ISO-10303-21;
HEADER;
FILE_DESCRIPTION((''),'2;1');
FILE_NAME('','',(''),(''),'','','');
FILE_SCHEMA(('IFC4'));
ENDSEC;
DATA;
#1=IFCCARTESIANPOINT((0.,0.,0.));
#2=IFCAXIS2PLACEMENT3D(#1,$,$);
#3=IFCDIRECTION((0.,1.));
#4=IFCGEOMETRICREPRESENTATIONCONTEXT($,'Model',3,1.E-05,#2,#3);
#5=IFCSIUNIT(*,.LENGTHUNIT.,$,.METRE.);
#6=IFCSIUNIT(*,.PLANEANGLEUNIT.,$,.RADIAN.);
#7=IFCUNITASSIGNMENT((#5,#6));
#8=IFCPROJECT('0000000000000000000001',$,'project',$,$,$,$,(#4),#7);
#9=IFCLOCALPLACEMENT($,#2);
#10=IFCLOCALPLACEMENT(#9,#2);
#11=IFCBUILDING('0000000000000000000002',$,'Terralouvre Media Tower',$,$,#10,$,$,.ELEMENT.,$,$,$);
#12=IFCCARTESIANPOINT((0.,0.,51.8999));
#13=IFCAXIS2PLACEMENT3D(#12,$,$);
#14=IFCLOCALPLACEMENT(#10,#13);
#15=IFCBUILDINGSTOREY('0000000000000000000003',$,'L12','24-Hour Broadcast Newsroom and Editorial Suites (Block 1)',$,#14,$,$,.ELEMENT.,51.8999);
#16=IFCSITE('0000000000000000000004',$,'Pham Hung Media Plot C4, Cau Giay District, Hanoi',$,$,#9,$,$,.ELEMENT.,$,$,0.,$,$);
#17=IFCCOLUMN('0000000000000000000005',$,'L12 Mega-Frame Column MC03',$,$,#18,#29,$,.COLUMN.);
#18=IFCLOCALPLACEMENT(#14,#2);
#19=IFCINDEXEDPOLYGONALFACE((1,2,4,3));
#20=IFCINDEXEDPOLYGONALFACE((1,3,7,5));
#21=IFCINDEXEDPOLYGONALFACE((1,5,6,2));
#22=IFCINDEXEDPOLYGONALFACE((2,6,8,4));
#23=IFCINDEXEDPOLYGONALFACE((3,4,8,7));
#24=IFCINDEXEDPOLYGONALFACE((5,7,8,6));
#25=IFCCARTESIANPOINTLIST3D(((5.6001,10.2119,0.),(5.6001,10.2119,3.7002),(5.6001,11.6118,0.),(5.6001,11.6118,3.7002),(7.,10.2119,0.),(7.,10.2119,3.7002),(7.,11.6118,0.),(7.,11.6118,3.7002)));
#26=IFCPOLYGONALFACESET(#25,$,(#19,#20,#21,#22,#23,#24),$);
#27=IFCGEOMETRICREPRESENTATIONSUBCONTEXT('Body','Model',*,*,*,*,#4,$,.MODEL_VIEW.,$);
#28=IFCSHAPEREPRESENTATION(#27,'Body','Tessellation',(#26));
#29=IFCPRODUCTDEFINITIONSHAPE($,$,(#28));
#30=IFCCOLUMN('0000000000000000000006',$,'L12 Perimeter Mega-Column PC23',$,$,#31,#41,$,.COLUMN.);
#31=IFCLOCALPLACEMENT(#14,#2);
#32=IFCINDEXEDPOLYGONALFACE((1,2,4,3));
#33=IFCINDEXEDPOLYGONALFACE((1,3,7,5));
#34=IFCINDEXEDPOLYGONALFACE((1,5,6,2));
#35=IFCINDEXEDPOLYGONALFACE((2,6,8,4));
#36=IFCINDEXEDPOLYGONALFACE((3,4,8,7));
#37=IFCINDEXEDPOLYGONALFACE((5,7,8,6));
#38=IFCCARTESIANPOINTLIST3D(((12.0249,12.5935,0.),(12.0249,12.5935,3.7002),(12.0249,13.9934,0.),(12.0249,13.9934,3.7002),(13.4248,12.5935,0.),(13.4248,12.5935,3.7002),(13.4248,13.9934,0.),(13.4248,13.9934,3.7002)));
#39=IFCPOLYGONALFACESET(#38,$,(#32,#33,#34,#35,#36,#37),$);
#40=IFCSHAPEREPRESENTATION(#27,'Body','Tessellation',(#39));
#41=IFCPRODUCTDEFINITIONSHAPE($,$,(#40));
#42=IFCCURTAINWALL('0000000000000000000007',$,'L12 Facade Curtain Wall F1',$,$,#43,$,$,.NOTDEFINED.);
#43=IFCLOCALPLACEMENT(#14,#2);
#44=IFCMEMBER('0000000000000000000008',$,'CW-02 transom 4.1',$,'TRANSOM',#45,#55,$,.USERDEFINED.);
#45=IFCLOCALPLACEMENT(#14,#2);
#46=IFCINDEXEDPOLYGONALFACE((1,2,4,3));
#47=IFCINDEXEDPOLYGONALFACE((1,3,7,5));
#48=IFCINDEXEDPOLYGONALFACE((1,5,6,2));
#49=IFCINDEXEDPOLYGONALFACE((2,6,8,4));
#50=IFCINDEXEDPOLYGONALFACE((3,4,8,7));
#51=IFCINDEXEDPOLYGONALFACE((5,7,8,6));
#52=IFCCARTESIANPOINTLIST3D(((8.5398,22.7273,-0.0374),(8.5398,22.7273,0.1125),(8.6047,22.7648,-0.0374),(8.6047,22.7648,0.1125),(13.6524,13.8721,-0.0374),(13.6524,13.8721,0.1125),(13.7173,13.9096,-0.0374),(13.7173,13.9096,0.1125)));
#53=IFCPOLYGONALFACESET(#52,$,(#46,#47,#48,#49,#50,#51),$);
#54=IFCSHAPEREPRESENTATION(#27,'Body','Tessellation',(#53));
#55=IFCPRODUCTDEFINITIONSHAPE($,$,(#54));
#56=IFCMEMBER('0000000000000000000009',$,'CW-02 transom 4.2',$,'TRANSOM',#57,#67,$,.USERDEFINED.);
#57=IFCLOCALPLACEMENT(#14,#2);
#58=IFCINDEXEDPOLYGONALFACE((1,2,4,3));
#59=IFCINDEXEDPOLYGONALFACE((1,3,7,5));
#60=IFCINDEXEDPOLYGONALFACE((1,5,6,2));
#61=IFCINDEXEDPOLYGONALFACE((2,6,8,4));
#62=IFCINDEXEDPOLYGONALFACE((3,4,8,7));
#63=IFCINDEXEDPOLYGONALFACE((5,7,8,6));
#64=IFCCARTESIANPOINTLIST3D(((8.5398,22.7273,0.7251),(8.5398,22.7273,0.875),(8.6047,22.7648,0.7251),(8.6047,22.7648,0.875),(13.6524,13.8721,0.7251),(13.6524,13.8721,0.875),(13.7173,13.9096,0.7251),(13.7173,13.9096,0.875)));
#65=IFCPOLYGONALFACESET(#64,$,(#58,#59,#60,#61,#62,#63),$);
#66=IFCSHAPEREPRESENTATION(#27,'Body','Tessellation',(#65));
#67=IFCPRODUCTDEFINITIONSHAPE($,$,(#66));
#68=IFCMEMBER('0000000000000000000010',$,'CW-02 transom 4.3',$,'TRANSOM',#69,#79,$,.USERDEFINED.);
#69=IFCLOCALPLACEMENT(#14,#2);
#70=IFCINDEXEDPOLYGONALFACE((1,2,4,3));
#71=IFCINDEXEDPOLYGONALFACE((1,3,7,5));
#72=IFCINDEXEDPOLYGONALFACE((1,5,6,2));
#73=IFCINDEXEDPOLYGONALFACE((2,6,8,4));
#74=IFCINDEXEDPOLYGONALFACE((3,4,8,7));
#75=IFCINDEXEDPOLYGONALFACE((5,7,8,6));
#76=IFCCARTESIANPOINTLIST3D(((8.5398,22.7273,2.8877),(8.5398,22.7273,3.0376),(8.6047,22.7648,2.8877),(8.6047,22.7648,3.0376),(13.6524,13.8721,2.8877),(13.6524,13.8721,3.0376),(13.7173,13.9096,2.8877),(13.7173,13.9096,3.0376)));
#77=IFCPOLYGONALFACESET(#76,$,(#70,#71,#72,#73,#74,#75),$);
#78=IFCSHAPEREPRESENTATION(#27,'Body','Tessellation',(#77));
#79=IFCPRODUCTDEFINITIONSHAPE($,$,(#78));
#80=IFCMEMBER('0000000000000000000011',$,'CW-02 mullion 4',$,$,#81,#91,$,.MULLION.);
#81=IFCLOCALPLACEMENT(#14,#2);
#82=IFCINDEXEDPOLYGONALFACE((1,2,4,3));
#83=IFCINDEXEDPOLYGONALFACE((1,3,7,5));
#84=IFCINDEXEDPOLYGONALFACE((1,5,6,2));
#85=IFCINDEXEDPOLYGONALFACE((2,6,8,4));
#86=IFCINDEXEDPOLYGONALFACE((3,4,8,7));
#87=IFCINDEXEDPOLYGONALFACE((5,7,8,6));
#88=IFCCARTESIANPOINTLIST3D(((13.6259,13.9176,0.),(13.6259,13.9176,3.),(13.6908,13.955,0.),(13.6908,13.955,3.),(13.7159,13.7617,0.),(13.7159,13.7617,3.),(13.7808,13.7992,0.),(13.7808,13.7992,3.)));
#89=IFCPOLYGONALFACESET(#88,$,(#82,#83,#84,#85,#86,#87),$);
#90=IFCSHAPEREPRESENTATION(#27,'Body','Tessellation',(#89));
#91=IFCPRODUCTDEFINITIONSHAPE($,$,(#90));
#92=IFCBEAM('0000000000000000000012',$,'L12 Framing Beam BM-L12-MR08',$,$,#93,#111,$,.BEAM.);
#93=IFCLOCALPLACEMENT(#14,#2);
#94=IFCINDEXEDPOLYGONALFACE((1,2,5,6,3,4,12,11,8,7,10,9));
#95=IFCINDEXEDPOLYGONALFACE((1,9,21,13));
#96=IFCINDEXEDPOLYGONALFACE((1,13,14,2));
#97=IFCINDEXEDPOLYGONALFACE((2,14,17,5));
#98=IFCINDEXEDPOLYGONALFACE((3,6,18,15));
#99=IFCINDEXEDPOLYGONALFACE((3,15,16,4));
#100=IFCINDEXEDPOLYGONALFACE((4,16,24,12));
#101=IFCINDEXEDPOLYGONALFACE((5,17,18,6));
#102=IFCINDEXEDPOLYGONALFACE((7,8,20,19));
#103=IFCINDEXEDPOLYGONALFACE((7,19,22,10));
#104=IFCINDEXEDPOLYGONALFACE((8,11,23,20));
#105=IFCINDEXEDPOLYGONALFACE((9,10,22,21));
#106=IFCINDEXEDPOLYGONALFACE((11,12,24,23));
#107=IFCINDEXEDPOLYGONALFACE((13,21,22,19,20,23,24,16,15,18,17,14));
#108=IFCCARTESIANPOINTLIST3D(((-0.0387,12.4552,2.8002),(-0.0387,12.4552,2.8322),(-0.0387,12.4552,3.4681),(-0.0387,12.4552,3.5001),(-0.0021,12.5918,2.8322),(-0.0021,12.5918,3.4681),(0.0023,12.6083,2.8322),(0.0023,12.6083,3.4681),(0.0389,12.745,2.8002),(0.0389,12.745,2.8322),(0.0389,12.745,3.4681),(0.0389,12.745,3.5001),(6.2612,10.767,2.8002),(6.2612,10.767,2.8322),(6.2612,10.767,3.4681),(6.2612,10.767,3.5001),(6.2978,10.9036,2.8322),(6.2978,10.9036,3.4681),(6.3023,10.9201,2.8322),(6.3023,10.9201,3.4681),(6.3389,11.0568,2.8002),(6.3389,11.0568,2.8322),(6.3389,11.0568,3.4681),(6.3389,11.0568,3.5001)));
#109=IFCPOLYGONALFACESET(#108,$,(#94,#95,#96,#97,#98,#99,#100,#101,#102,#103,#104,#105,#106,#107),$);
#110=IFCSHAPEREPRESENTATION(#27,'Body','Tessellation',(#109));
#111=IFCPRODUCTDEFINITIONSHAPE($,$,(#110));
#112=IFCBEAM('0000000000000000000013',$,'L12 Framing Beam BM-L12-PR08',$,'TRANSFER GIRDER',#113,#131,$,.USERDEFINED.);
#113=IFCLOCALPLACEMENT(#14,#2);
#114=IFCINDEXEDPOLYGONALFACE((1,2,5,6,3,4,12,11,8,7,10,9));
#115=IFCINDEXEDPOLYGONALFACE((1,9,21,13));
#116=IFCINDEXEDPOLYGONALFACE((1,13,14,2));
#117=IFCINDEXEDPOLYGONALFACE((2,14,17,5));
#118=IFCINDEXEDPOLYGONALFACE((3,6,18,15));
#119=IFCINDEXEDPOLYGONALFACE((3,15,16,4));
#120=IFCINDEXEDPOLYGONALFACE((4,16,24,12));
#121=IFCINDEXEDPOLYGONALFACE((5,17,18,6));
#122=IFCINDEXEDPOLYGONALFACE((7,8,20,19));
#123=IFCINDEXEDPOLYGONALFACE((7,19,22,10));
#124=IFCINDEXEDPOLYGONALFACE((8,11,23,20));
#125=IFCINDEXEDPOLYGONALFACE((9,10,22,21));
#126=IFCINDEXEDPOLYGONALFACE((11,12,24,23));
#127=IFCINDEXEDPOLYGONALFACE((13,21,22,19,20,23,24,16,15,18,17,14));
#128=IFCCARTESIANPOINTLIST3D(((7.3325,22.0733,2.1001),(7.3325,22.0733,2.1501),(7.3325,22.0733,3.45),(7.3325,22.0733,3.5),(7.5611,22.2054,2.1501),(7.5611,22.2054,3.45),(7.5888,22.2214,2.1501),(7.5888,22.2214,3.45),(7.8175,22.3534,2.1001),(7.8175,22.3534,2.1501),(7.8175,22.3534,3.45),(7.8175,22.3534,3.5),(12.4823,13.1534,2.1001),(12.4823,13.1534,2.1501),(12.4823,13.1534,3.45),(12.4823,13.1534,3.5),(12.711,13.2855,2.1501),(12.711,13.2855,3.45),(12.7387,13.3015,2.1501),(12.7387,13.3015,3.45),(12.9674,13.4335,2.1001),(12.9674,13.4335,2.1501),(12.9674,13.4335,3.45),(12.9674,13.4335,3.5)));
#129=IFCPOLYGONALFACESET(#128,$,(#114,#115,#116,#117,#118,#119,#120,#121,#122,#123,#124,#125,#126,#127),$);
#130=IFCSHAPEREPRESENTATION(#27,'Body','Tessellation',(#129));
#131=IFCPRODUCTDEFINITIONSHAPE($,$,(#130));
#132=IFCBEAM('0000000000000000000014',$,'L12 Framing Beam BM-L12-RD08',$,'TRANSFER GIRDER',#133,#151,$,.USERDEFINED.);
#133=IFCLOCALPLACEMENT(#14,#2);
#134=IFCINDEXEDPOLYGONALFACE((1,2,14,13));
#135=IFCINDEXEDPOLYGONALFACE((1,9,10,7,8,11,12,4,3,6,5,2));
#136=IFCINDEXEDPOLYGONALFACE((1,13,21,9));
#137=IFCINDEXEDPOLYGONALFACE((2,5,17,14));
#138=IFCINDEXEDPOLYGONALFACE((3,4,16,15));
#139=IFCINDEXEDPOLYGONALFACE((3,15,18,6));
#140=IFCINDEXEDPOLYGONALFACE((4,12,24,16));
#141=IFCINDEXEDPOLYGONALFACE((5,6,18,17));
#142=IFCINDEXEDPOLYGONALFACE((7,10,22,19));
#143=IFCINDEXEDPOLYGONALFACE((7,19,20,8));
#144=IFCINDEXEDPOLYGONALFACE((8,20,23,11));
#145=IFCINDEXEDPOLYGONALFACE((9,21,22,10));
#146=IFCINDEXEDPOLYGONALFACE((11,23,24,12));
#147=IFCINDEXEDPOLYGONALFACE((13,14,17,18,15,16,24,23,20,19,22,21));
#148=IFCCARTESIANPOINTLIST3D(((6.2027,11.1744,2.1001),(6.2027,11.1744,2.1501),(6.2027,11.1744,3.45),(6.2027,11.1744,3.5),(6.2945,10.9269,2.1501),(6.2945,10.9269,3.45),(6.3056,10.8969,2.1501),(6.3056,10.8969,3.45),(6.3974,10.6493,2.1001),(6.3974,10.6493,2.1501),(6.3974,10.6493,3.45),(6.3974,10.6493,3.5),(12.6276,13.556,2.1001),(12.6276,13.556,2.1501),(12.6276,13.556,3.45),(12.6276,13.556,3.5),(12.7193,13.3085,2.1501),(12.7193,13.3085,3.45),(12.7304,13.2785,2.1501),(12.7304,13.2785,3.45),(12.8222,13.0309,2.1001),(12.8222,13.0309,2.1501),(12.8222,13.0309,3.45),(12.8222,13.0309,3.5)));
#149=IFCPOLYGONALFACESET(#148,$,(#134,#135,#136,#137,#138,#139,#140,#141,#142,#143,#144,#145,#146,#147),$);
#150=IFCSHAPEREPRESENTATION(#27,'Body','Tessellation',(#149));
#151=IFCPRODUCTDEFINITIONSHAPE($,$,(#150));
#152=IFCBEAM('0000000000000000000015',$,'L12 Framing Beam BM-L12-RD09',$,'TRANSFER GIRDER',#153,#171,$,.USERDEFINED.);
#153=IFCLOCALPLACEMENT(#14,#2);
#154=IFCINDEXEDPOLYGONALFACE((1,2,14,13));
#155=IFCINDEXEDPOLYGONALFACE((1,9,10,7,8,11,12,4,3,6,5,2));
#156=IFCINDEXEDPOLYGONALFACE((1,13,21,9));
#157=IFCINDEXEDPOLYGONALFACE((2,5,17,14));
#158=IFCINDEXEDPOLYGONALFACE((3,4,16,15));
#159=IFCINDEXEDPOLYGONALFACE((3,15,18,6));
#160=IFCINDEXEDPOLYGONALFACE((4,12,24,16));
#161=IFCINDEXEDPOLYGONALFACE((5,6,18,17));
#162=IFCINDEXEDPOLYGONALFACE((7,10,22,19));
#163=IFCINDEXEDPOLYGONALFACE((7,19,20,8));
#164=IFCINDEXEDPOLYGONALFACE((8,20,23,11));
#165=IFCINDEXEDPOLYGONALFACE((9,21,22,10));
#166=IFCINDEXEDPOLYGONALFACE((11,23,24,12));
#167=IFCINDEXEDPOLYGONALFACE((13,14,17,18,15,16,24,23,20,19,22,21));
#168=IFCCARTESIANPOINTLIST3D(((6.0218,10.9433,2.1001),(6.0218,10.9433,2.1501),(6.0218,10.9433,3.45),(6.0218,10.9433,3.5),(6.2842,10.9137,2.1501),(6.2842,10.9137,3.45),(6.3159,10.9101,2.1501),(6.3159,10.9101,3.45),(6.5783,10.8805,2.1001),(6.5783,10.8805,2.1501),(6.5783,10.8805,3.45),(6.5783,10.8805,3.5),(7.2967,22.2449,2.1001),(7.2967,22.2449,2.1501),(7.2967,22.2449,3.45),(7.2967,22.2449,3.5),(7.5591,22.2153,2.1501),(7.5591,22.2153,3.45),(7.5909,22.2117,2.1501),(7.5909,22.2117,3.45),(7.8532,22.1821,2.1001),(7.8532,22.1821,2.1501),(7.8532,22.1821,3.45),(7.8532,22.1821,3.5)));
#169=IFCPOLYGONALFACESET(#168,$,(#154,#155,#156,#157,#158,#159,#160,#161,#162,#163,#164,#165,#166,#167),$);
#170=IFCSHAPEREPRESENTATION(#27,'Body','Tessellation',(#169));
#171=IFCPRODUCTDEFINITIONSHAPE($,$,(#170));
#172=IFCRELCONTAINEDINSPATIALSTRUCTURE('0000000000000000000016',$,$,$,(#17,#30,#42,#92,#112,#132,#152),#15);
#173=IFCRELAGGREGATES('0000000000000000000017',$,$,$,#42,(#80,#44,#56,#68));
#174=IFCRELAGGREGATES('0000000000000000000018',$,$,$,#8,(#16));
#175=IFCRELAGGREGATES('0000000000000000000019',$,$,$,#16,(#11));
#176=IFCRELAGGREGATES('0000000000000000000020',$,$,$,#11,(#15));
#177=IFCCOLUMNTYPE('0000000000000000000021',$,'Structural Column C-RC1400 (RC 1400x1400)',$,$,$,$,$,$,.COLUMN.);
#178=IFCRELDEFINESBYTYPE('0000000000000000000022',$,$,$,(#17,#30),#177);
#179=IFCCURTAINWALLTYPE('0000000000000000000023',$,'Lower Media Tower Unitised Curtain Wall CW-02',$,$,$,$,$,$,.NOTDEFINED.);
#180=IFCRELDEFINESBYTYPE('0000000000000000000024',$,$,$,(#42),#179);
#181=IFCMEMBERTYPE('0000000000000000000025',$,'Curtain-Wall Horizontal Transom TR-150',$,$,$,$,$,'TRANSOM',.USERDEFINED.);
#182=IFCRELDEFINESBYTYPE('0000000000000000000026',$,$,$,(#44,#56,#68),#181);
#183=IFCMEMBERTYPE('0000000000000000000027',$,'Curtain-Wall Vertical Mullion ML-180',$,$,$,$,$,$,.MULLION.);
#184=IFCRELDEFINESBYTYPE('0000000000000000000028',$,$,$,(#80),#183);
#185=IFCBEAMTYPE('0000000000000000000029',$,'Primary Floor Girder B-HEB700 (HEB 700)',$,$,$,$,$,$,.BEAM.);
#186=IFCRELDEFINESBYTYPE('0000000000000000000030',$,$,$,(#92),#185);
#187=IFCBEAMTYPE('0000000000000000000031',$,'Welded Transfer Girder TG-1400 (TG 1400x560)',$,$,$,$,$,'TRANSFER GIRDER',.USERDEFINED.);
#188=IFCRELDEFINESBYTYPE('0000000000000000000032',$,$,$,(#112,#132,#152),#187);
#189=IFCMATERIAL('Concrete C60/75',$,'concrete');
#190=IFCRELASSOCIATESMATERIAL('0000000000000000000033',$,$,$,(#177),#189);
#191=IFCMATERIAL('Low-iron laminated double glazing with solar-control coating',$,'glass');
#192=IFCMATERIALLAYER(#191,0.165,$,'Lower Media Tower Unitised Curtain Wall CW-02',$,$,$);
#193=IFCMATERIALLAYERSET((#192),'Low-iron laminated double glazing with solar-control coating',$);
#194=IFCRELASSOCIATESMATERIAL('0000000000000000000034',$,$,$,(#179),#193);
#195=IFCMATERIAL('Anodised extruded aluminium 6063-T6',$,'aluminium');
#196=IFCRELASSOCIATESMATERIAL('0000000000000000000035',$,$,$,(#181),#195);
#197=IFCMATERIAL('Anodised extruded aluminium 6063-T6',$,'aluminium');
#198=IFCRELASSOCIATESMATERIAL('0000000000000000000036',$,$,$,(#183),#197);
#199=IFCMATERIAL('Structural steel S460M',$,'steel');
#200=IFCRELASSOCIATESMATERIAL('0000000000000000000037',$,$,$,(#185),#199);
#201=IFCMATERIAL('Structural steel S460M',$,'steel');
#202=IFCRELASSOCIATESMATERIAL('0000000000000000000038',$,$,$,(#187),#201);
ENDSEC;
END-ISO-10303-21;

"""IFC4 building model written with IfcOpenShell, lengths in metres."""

from ifc_helpers import new_model, si_unit, direction, frame, origin, origin_2d, place, context, subcontext, project, spatial, rectangle, i_section, extrude, material, layer, layer_set, material_profile, profile_set, type_object, element, aggregate, save


model = new_model("IFC4")

# Units and contexts
model_context = context("Model", 3, precision=1e-05, world=origin(), true_north=direction((0.0, 1.0)))
body_context = subcontext(model_context, "Body", "Model", "MODEL_VIEW")
ifc_project = project(units=[si_unit("LENGTHUNIT", "METRE"), si_unit("PLANEANGLEUNIT", "RADIAN")], contexts=[model_context])

# Site, building, storey
site_placement = place(None, origin())
site = spatial("IfcSite", under=ifc_project, at=site_placement, Name="Pham Hung Media Plot C4, Cau Giay District, Hanoi", CompositionType="ELEMENT", RefElevation=0.0)
building_placement = place(site_placement, origin())
building = spatial("IfcBuilding", under=site, at=building_placement, Name="Terralouvre Media Tower", CompositionType="ELEMENT")
storey_placement = place(building_placement, frame((0.0, 0.0, 51.8999)))
storey = spatial("IfcBuildingStorey", under=building, at=storey_placement, Name="L12", Description="24-Hour Broadcast Newsroom and Editorial Suites (Block 1)", CompositionType="ELEMENT", Elevation=51.8999)

# Columns
ifc_material_1 = material(Name="Concrete C60/75", Category="concrete")
ifc_material_profile_1 = material_profile(ifc_material_1, rectangle(XDim=1.3999, YDim=1.3999, at=origin_2d()), Name="RC 1400x1400")
ifc_profile_set_1 = profile_set([ifc_material_profile_1], Name="Concrete C60/75")
column_type = type_object("IfcColumnType", Name="Structural Column C-RC1400 (RC 1400x1400)", PredefinedType="COLUMN", material=ifc_profile_set_1)
for number, where, z_axis, x_axis, name in (
    (1, (6.3, 10.9119, 0.0), (0.0, 0.0, 1.0), (1.0, 0.0, 0.0), "L12 Mega-Frame Column MC03"),
    (2, (12.7249, 13.2935, 0.0), (0.0, 0.0, 1.0), (1.0, 0.0, 0.0), "L12 Perimeter Mega-Column PC23"),
):
    element("IfcColumn", number, at=place(storey_placement, frame(where, z_axis=z_axis, x_axis=x_axis)), inside=storey, type_object=column_type, Name=name, PredefinedType="COLUMN", context=body_context, shape_type="SweptSolid", body=[
        extrude(rectangle(XDim=1.3999, YDim=1.3999, at=origin_2d()), origin(), (0.0, 0.0, 1.0), 3.7002),
    ])

# Curtain wall, members
ifc_material_2 = material(Name="Low-iron laminated double glazing with solar-control coating", Category="glass")
ifc_layer_1 = layer(ifc_material_2, 0.165, Name="Lower Media Tower Unitised Curtain Wall CW-02")
ifc_layer_set_1 = layer_set([ifc_layer_1], Name="Low-iron laminated double glazing with solar-control coating")
curtain_wall_type = type_object("IfcCurtainWallType", Name="Lower Media Tower Unitised Curtain Wall CW-02", PredefinedType="NOTDEFINED", material=ifc_layer_set_1)
curtain_wall_placement = place(storey_placement, origin())
curtain_wall = element("IfcCurtainWall", 3, at=curtain_wall_placement, inside=storey, type_object=curtain_wall_type, Name="L12 Facade Curtain Wall F1", PredefinedType="NOTDEFINED")
ifc_material_3 = material(Name="Anodised extruded aluminium 6063-T6", Category="aluminium")
ifc_material_profile_2 = material_profile(ifc_material_3, rectangle(XDim=0.075, YDim=0.1499, at=origin_2d()), Name="ALU 75x150")
ifc_profile_set_2 = profile_set([ifc_material_profile_2], Name="Anodised extruded aluminium 6063-T6")
member_type_1 = type_object("IfcMemberType", Name="Curtain-Wall Horizontal Transom TR-150", ElementType="TRANSOM", PredefinedType="USERDEFINED", material=ifc_profile_set_2)
member_1_placement = place(storey_placement, frame((13.6848, 13.8909, 0.0376), z_axis=(-0.499999, 0.866026, 0.0), x_axis=(-0.866026, -0.499999, 0.0)))
member_1 = element("IfcMember", 4, at=member_1_placement, type_object=member_type_1, Name="CW-02 transom 4.1", ObjectType="TRANSOM", PredefinedType="USERDEFINED", context=body_context, shape_type="SweptSolid", body=[
    extrude(rectangle(XDim=0.075, YDim=0.1499, at=origin_2d()), origin(), (0.0, 0.0, 1.0), 10.2251),
])
member_2_placement = place(storey_placement, frame((13.6848, 13.8909, 0.8), z_axis=(-0.499999, 0.866026, 0.0), x_axis=(-0.866026, -0.499999, 0.0)))
member_2 = element("IfcMember", 5, at=member_2_placement, type_object=member_type_1, Name="CW-02 transom 4.2", ObjectType="TRANSOM", PredefinedType="USERDEFINED", context=body_context, shape_type="SweptSolid", body=[
    extrude(rectangle(XDim=0.075, YDim=0.1499, at=origin_2d()), origin(), (0.0, 0.0, 1.0), 10.2251),
])
member_3_placement = place(storey_placement, frame((13.6848, 13.8909, 2.9626), z_axis=(-0.499999, 0.866026, 0.0), x_axis=(-0.866026, -0.499999, 0.0)))
member_3 = element("IfcMember", 6, at=member_3_placement, type_object=member_type_1, Name="CW-02 transom 4.3", ObjectType="TRANSOM", PredefinedType="USERDEFINED", context=body_context, shape_type="SweptSolid", body=[
    extrude(rectangle(XDim=0.075, YDim=0.1499, at=origin_2d()), origin(), (0.0, 0.0, 1.0), 10.2251),
])
ifc_material_4 = material(Name="Anodised extruded aluminium 6063-T6", Category="aluminium")
ifc_material_profile_3 = material_profile(ifc_material_4, rectangle(XDim=0.075, YDim=0.1799, at=origin_2d()), Name="ALU 75x180")
ifc_profile_set_3 = profile_set([ifc_material_profile_3], Name="Anodised extruded aluminium 6063-T6")
member_type_2 = type_object("IfcMemberType", Name="Curtain-Wall Vertical Mullion ML-180", PredefinedType="MULLION", material=ifc_profile_set_3)
member_4_placement = place(storey_placement, frame((13.7034, 13.8584, 0.0), z_axis=(0.0, 0.0, 1.0), x_axis=(-0.866025, -0.5, 0.0)))
member_4 = element("IfcMember", 7, at=member_4_placement, type_object=member_type_2, Name="CW-02 mullion 4", PredefinedType="MULLION", context=body_context, shape_type="SweptSolid", body=[
    extrude(rectangle(XDim=0.075, YDim=0.1799, at=origin_2d()), origin(), (0.0, 0.0, 1.0), 3.0),
])

# Beams
ifc_material_5 = material(Name="Structural steel S460M", Category="steel")
ifc_material_profile_4 = material_profile(ifc_material_5, i_section(OverallWidth=0.3, OverallDepth=0.7, WebThickness=0.0171, FlangeThickness=0.032, at=origin_2d()), Name="HEB 700")
ifc_profile_set_4 = profile_set([ifc_material_profile_4], Name="Structural steel S460M")
beam_type_1 = type_object("IfcBeamType", Name="Primary Floor Girder B-HEB700 (HEB 700)", PredefinedType="BEAM", material=ifc_profile_set_4)
beam_1_placement = place(storey_placement, frame((6.3, 10.9119, 3.1501), z_axis=(-0.96592, 0.258839, 0.0), x_axis=(-0.258839, -0.96592, 0.0)))
element("IfcBeam", 8, at=beam_1_placement, inside=storey, type_object=beam_type_1, Name="L12 Framing Beam BM-L12-MR08", PredefinedType="BEAM", context=body_context, shape_type="SweptSolid", body=[
    extrude(i_section(OverallWidth=0.3, OverallDepth=0.7, WebThickness=0.0171, FlangeThickness=0.032, at=origin_2d()), origin(), (0.0, 0.0, 1.0), 6.5222),
])
ifc_material_6 = material(Name="Structural steel S460M", Category="steel")
ifc_material_profile_5 = material_profile(ifc_material_6, i_section(OverallWidth=0.5601, OverallDepth=1.3999, WebThickness=0.032, FlangeThickness=0.05, at=origin_2d()), Name="TG 1400x560")
ifc_profile_set_5 = profile_set([ifc_material_profile_5], Name="Structural steel S460M")
beam_type_2 = type_object("IfcBeamType", Name="Welded Transfer Girder TG-1400 (TG 1400x560)", ElementType="TRANSFER GIRDER", PredefinedType="USERDEFINED", material=ifc_profile_set_5)
beam_2_placement = place(storey_placement, frame((12.7249, 13.2935, 2.8), z_axis=(-0.499999, 0.866026, 0.0), x_axis=(-0.866026, -0.499999, 0.0)))
element("IfcBeam", 9, at=beam_2_placement, inside=storey, type_object=beam_type_2, Name="L12 Framing Beam BM-L12-PR08", ObjectType="TRANSFER GIRDER", PredefinedType="USERDEFINED", context=body_context, shape_type="SweptSolid", body=[
    extrude(i_section(OverallWidth=0.5601, OverallDepth=1.3999, WebThickness=0.032, FlangeThickness=0.05, at=origin_2d()), origin(), (0.0, 0.0, 1.0), 10.2998),
])
beam_3_placement = place(storey_placement, frame((6.3, 10.9119, 2.8), z_axis=(0.937652, 0.347575, 0.0), x_axis=(-0.347575, 0.937652, 0.0)))
element("IfcBeam", 10, at=beam_3_placement, inside=storey, type_object=beam_type_2, Name="L12 Framing Beam BM-L12-RD08", ObjectType="TRANSFER GIRDER", PredefinedType="USERDEFINED", context=body_context, shape_type="SweptSolid", body=[
    extrude(i_section(OverallWidth=0.5601, OverallDepth=1.3999, WebThickness=0.032, FlangeThickness=0.05, at=origin_2d()), origin(), (0.0, 0.0, 1.0), 6.8521),
])
beam_4_placement = place(storey_placement, frame((6.3, 10.9119, 2.8), z_axis=(0.112097, 0.993697, 0.0), x_axis=(-0.993697, 0.112097, 0.0)))
element("IfcBeam", 11, at=beam_4_placement, inside=storey, type_object=beam_type_2, Name="L12 Framing Beam BM-L12-RD09", ObjectType="TRANSFER GIRDER", PredefinedType="USERDEFINED", context=body_context, shape_type="SweptSolid", body=[
    extrude(i_section(OverallWidth=0.5601, OverallDepth=1.3999, WebThickness=0.032, FlangeThickness=0.05, at=origin_2d()), origin(), (0.0, 0.0, 1.0), 11.3733),
])

aggregate(curtain_wall, [member_4, member_1, member_2, member_3])

save(model, "model.ifc")
